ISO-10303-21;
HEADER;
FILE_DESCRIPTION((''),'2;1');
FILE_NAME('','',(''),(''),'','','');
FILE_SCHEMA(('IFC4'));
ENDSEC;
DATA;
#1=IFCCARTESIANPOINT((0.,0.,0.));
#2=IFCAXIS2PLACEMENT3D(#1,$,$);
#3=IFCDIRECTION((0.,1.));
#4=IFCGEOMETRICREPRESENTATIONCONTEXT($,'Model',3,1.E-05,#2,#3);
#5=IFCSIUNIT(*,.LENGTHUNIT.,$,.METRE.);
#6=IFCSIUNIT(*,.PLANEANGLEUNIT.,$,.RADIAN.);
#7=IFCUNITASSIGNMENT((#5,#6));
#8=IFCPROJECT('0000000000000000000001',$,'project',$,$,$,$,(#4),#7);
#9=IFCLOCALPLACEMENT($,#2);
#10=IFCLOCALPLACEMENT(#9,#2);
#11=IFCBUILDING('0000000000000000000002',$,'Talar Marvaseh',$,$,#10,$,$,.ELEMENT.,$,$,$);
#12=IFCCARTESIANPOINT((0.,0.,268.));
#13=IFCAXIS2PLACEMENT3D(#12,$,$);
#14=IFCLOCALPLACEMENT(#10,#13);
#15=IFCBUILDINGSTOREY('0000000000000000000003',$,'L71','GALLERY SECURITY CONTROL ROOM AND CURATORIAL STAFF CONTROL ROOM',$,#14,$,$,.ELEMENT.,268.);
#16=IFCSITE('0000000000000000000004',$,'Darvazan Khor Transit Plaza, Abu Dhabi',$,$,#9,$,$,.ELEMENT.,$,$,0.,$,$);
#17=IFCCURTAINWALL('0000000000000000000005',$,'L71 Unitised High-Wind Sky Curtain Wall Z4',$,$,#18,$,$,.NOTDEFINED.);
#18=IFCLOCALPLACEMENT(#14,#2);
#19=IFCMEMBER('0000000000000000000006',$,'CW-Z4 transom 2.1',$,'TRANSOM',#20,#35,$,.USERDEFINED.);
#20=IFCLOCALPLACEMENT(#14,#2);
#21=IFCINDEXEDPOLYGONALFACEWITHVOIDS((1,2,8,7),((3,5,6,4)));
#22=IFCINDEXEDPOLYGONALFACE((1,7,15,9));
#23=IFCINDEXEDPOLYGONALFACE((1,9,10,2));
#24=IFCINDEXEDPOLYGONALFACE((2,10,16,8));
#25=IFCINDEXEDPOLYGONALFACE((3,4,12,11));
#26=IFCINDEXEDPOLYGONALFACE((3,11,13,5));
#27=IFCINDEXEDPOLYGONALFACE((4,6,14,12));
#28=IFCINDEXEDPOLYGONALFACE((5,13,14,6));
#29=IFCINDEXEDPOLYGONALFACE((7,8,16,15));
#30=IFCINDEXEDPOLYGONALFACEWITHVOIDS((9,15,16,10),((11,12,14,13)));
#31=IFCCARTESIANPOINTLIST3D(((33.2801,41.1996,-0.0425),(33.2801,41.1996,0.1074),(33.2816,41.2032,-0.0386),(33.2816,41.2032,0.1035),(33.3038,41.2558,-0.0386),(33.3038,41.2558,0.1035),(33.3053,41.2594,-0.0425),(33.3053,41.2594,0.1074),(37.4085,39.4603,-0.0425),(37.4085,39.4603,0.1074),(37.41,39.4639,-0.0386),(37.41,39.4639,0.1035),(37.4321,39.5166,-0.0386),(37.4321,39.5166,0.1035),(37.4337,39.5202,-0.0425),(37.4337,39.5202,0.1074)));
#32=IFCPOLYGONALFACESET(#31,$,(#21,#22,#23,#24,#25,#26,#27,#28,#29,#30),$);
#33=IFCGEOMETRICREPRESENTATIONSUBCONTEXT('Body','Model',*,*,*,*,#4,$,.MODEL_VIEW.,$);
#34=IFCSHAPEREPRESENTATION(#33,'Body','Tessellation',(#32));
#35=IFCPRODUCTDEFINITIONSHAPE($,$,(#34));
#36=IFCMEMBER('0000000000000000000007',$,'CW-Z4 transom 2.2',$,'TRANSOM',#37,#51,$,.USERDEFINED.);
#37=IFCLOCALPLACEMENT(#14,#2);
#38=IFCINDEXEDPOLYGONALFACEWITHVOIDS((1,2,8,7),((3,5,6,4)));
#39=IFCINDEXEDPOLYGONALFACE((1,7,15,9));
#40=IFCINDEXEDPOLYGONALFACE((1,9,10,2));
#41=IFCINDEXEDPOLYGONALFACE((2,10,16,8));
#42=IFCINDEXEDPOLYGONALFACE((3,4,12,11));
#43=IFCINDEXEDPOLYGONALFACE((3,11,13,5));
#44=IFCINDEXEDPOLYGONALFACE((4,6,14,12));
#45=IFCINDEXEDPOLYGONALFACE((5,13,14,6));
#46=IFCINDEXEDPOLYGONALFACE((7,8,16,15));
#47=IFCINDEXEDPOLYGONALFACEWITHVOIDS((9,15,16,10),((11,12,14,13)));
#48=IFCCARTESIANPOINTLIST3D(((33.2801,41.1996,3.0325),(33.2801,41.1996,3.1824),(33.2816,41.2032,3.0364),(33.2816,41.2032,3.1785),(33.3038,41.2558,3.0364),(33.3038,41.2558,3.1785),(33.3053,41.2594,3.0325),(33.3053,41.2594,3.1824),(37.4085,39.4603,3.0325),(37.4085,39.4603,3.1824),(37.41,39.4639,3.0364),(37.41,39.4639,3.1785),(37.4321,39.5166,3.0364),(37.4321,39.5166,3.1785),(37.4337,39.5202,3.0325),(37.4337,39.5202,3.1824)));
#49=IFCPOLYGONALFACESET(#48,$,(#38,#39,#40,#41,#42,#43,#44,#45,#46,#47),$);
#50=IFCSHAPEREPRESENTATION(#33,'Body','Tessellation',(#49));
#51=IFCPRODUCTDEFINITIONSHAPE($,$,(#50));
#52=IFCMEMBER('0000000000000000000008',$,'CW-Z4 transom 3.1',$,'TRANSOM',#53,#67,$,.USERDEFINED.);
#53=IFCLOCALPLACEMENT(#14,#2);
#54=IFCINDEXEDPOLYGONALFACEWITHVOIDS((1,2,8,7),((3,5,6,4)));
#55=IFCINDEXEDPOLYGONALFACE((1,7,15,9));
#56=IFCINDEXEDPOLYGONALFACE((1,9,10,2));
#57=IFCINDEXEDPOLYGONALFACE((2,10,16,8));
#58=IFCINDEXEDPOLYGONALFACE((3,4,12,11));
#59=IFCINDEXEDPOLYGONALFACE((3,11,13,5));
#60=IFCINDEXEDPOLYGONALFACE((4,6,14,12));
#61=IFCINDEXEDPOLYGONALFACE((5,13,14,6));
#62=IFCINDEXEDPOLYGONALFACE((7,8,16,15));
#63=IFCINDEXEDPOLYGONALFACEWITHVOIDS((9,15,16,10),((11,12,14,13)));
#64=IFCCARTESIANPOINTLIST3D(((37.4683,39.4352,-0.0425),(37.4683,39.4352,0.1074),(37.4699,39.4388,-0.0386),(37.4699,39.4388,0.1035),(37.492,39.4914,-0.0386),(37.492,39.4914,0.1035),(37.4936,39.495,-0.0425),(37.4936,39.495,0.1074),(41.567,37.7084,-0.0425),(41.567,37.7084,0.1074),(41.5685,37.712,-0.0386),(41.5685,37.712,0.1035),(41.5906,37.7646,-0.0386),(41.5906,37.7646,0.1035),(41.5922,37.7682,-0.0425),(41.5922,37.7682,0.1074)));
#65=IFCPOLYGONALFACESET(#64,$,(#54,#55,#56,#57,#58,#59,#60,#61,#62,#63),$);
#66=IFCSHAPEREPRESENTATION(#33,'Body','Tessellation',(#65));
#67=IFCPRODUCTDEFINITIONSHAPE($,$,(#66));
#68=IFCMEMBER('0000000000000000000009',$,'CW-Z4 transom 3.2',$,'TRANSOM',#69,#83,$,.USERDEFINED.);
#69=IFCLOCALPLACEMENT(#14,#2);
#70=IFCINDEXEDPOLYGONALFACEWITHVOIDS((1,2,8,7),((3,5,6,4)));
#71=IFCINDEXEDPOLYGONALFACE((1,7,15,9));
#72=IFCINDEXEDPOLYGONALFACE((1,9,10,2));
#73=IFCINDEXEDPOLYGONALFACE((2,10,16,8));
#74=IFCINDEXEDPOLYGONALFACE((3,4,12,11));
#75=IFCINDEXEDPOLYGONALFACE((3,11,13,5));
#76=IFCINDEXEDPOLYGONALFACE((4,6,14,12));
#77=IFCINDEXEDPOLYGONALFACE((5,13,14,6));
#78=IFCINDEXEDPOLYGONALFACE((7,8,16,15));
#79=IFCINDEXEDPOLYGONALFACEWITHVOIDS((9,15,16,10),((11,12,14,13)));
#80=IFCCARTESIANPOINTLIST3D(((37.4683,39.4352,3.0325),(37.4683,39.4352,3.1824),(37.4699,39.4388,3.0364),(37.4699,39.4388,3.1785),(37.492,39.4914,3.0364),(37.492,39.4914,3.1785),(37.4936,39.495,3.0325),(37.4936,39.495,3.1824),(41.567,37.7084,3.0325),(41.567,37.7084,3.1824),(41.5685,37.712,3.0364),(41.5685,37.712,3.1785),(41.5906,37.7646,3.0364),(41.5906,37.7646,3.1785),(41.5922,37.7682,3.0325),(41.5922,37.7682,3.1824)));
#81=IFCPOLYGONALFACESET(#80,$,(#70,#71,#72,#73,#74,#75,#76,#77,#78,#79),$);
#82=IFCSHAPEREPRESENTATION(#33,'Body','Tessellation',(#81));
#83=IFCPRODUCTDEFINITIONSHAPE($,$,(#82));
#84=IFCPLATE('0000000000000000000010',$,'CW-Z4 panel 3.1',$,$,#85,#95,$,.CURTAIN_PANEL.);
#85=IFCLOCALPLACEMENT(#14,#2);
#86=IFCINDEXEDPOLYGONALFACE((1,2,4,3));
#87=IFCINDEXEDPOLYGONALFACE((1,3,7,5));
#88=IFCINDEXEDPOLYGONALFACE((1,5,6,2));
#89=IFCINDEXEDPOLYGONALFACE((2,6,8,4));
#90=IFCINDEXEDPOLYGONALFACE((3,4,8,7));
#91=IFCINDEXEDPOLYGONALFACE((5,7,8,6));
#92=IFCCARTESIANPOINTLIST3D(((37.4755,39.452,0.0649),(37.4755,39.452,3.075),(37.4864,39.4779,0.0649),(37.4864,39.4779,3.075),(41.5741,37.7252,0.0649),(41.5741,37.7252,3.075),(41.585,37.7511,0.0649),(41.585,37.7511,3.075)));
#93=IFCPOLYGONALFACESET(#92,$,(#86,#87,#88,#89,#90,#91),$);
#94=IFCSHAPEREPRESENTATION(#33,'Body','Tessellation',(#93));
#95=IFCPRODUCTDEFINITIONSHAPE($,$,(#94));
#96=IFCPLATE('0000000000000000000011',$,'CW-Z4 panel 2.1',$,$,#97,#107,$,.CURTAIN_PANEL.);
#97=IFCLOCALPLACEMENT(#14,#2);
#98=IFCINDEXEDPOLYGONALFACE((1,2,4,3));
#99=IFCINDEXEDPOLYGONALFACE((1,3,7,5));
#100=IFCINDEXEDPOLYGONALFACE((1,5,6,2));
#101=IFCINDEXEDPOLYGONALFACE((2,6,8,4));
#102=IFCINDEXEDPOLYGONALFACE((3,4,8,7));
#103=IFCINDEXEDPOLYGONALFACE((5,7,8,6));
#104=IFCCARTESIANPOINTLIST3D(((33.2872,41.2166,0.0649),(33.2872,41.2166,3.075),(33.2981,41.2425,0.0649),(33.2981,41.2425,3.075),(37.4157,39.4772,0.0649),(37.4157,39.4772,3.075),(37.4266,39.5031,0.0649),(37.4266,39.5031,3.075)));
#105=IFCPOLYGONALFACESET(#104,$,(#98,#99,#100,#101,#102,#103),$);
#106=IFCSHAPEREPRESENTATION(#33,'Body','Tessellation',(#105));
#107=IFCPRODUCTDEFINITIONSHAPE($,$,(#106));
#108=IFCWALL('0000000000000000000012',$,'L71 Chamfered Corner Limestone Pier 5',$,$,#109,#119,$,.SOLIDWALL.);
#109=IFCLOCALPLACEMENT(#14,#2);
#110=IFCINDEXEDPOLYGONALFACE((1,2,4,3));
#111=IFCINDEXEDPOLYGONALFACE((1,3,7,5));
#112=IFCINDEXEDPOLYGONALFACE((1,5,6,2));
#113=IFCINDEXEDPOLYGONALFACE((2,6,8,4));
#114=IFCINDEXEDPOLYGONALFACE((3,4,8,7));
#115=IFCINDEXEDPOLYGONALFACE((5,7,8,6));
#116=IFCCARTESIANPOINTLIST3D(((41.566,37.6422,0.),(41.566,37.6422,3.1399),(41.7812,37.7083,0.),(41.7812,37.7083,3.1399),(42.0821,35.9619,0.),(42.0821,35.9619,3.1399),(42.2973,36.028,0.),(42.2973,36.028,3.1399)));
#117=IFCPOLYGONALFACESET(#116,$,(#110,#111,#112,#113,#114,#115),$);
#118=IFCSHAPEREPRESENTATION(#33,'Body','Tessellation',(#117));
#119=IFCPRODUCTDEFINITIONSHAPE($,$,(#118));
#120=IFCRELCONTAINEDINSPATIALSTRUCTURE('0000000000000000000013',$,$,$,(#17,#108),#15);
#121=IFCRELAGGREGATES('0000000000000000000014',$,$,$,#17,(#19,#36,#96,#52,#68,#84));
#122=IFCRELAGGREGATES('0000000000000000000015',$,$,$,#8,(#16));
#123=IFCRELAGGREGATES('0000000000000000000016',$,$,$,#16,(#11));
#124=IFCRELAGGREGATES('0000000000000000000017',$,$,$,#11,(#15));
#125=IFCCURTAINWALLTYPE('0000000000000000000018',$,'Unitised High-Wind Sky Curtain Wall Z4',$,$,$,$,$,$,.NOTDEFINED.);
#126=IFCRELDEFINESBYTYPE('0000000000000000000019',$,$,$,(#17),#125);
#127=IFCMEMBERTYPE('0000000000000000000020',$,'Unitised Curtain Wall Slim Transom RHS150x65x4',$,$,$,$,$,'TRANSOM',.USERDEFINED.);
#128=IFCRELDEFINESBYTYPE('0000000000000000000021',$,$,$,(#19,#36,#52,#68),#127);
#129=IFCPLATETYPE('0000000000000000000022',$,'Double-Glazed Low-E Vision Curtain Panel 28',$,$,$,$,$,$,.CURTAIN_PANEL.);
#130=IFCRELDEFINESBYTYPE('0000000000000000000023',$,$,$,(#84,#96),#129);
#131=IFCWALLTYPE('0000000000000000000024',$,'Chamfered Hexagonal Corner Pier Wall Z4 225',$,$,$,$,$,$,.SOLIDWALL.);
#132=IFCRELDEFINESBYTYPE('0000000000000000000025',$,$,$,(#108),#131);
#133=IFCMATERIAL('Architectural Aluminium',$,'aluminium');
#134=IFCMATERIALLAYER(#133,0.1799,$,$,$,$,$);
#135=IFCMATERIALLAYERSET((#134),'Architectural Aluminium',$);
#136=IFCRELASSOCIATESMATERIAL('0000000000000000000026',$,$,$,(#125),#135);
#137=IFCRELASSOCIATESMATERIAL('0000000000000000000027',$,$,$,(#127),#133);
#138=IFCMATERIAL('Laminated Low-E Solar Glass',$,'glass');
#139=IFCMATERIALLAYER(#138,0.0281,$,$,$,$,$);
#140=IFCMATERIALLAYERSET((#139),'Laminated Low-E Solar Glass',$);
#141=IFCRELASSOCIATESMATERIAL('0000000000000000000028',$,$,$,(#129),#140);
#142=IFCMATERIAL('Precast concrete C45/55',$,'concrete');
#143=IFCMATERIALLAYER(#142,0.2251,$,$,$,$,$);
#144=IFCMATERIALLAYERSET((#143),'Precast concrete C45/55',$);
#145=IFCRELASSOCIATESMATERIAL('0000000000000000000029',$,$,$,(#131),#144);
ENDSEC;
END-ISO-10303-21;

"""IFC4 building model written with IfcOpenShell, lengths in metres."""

from ifc_helpers import new_model, si_unit, direction, frame, frame_2d, origin, origin_2d, place, context, subcontext, project, spatial, rectangle, hollow_rectangle, extrude, source, transform, mapped, material, layer, layer_set, material_profile, profile_set, type_object, type_shapes, element, aggregate, save


model = new_model("IFC4")

# Units and contexts
model_context = context("Model", 3, precision=1e-05, world=origin(), true_north=direction((0.0, 1.0)))
body_context = subcontext(model_context, "Body", "Model", "MODEL_VIEW")
ifc_project = project(units=[si_unit("LENGTHUNIT", "METRE"), si_unit("PLANEANGLEUNIT", "RADIAN")], contexts=[model_context])

# Site, building, storey
site_placement = place(None, origin())
site = spatial("IfcSite", under=ifc_project, at=site_placement, Name="Darvazan Khor Transit Plaza, Abu Dhabi", CompositionType="ELEMENT", RefElevation=0.0)
building_placement = place(site_placement, origin())
building = spatial("IfcBuilding", under=site, at=building_placement, Name="Talar Marvaseh", CompositionType="ELEMENT")
storey_placement = place(building_placement, frame((0.0, 0.0, 268.0)))
storey = spatial("IfcBuildingStorey", under=building, at=storey_placement, Name="L71", Description="GALLERY SECURITY CONTROL ROOM AND CURATORIAL STAFF CONTROL ROOM", CompositionType="ELEMENT", Elevation=268.0)

# Curtain wall
ifc_material_1 = material(Name="Architectural Aluminium", Category="aluminium")
ifc_layer_1 = layer(ifc_material_1, 0.1799)
ifc_layer_set_1 = layer_set([ifc_layer_1], Name="Architectural Aluminium")
curtain_wall_type = type_object("IfcCurtainWallType", Name="Unitised High-Wind Sky Curtain Wall Z4", PredefinedType="NOTDEFINED", material=ifc_layer_set_1)
curtain_wall_1_placement = place(storey_placement, origin())
curtain_wall_1 = element("IfcCurtainWall", 1, at=curtain_wall_1_placement, inside=storey, type_object=curtain_wall_type, Name="L71 Unitised High-Wind Sky Curtain Wall Z4", PredefinedType="NOTDEFINED")

# Members
ifc_material_profile_1 = material_profile(ifc_material_1, hollow_rectangle(XDim=0.0649, YDim=0.1499, WallThickness=0.0039, at=origin_2d()), Name="RHS150x65x4")
ifc_profile_set_1 = profile_set([ifc_material_profile_1], Name="Architectural Aluminium")
member_type_1 = type_object("IfcMemberType", Name="Unitised Curtain Wall Slim Transom RHS150x65x4", ElementType="TRANSOM", PredefinedType="USERDEFINED", material=ifc_profile_set_1)
shared_shape_1 = source(origin(), body_context, "Body", "SweptSolid", [
    extrude(hollow_rectangle(XDim=0.0649, YDim=0.1499, WallThickness=0.0039, at=origin_2d()), origin(), (0.0, 0.0, 1.0), 4.4797),
])
member_1_placement = place(storey_placement, frame((33.2927, 41.2295, 0.0325), z_axis=(0.921557, -0.388242, 0.0), x_axis=(0.388242, 0.921557, 0.0)))
member_1 = element("IfcMember", 2, at=member_1_placement, type_object=member_type_1, Name="CW-Z4 transom 2.1", ObjectType="TRANSOM", PredefinedType="USERDEFINED", context=body_context, shape_type="MappedRepresentation", body=[
    mapped(shared_shape_1, transform((0.0, 0.0, 0.0), x_axis=(1.0, 0.0, 0.0), y_axis=(0.0, 1.0, 0.0), z_axis=(0.0, 0.0, 1.0), scale=1.0)),
])
member_2_placement = place(storey_placement, frame((33.2927, 41.2295, 3.1074), z_axis=(0.921557, -0.388242, 0.0), x_axis=(0.388242, 0.921557, 0.0)))
member_2 = element("IfcMember", 3, at=member_2_placement, type_object=member_type_1, Name="CW-Z4 transom 2.2", ObjectType="TRANSOM", PredefinedType="USERDEFINED", context=body_context, shape_type="MappedRepresentation", body=[
    mapped(shared_shape_1, transform((0.0, 0.0, 0.0), x_axis=(1.0, 0.0, 0.0), y_axis=(0.0, 1.0, 0.0), z_axis=(0.0, 0.0, 1.0), scale=1.0)),
])
shared_shape_2 = source(origin(), body_context, "Body", "SweptSolid", [
    extrude(hollow_rectangle(XDim=0.0649, YDim=0.1499, WallThickness=0.0039, at=origin_2d()), origin(), (0.0, 0.0, 1.0), 4.4475),
])
type_shapes(member_type_1, [shared_shape_1, shared_shape_2])
member_3_placement = place(storey_placement, frame((37.481, 39.4651, 0.0325), z_axis=(0.92155, -0.388261, 0.0), x_axis=(0.388261, 0.92155, 0.0)))
member_3 = element("IfcMember", 4, at=member_3_placement, type_object=member_type_1, Name="CW-Z4 transom 3.1", ObjectType="TRANSOM", PredefinedType="USERDEFINED", context=body_context, shape_type="MappedRepresentation", body=[
    mapped(shared_shape_2, transform((0.0, 0.0, 0.0), x_axis=(1.0, 0.0, 0.0), y_axis=(0.0, 1.0, 0.0), z_axis=(0.0, 0.0, 1.0), scale=1.0)),
])
member_4_placement = place(storey_placement, frame((37.481, 39.4651, 3.1074), z_axis=(0.92155, -0.388261, 0.0), x_axis=(0.388261, 0.92155, 0.0)))
member_4 = element("IfcMember", 5, at=member_4_placement, type_object=member_type_1, Name="CW-Z4 transom 3.2", ObjectType="TRANSOM", PredefinedType="USERDEFINED", context=body_context, shape_type="MappedRepresentation", body=[
    mapped(shared_shape_2, transform((0.0, 0.0, 0.0), x_axis=(1.0, 0.0, 0.0), y_axis=(0.0, 1.0, 0.0), z_axis=(0.0, 0.0, 1.0), scale=1.0)),
])

# Plates
ifc_material_2 = material(Name="Laminated Low-E Solar Glass", Category="glass")
ifc_layer_2 = layer(ifc_material_2, 0.0281)
ifc_layer_set_2 = layer_set([ifc_layer_2], Name="Laminated Low-E Solar Glass")
plate_type = type_object("IfcPlateType", Name="Double-Glazed Low-E Vision Curtain Panel 28", PredefinedType="CURTAIN_PANEL", material=ifc_layer_set_2)
shared_shape_3 = source(origin(), body_context, "Body", "SweptSolid", [
    extrude(rectangle(XDim=4.4475, YDim=0.0281, at=origin_2d()), origin(), (0.0, 0.0, 1.0), 3.01),
])
plate_1_placement = place(storey_placement, frame((39.5303, 38.6016, 0.0649), z_axis=(0.0, 0.0, 1.0), x_axis=(0.921551, -0.388258, 0.0)))
plate_1 = element("IfcPlate", 6, at=plate_1_placement, type_object=plate_type, Name="CW-Z4 panel 3.1", PredefinedType="CURTAIN_PANEL", context=body_context, shape_type="MappedRepresentation", body=[
    mapped(shared_shape_3, transform((0.0, 0.0, 0.0), x_axis=(1.0, 0.0, 0.0), y_axis=(0.0, 1.0, 0.0), z_axis=(0.0, 0.0, 1.0), scale=1.0)),
])
shared_shape_4 = source(origin(), body_context, "Body", "SweptSolid", [
    extrude(rectangle(XDim=4.48, YDim=0.0281, at=origin_2d()), origin(), (0.0, 0.0, 1.0), 3.01),
])
type_shapes(plate_type, [shared_shape_3, shared_shape_4])
plate_2_placement = place(storey_placement, frame((35.3569, 40.3599, 0.0649), z_axis=(0.0, 0.0, 1.0), x_axis=(0.921551, -0.388258, 0.0)))
plate_2 = element("IfcPlate", 7, at=plate_2_placement, type_object=plate_type, Name="CW-Z4 panel 2.1", PredefinedType="CURTAIN_PANEL", context=body_context, shape_type="MappedRepresentation", body=[
    mapped(shared_shape_4, transform((0.0, 0.0, 0.0), x_axis=(1.0, 0.0, 0.0), y_axis=(0.0, 1.0, 0.0), z_axis=(0.0, 0.0, 1.0), scale=1.0)),
])
aggregate(curtain_wall_1, [member_1, member_2, plate_2, member_3, member_4, plate_1])

# Wall
ifc_material_3 = material(Name="Precast concrete C45/55", Category="concrete")
ifc_layer_3 = layer(ifc_material_3, 0.2251)
ifc_layer_set_3 = layer_set([ifc_layer_3], Name="Precast concrete C45/55")
wall_type_1 = type_object("IfcWallType", Name="Chamfered Hexagonal Corner Pier Wall Z4 225", PredefinedType="SOLIDWALL", material=ifc_layer_set_3)
wall_1_placement = place(storey_placement, frame((41.6736, 37.6753, 0.0), z_axis=(0.0, 0.0, 1.0), x_axis=(0.293598, -0.955929, 0.0)))
element("IfcWall", 8, at=wall_1_placement, inside=storey, type_object=wall_type_1, Name="L71 Chamfered Corner Limestone Pier 5", PredefinedType="SOLIDWALL", context=body_context, shape_type="SweptSolid", body=[
    extrude(rectangle(XDim=1.7578, YDim=0.2251, at=frame_2d((0.8789, 0.0))), origin(), (0.0, 0.0, 1.0), 3.1399),
])

save(model, "model.ifc")
